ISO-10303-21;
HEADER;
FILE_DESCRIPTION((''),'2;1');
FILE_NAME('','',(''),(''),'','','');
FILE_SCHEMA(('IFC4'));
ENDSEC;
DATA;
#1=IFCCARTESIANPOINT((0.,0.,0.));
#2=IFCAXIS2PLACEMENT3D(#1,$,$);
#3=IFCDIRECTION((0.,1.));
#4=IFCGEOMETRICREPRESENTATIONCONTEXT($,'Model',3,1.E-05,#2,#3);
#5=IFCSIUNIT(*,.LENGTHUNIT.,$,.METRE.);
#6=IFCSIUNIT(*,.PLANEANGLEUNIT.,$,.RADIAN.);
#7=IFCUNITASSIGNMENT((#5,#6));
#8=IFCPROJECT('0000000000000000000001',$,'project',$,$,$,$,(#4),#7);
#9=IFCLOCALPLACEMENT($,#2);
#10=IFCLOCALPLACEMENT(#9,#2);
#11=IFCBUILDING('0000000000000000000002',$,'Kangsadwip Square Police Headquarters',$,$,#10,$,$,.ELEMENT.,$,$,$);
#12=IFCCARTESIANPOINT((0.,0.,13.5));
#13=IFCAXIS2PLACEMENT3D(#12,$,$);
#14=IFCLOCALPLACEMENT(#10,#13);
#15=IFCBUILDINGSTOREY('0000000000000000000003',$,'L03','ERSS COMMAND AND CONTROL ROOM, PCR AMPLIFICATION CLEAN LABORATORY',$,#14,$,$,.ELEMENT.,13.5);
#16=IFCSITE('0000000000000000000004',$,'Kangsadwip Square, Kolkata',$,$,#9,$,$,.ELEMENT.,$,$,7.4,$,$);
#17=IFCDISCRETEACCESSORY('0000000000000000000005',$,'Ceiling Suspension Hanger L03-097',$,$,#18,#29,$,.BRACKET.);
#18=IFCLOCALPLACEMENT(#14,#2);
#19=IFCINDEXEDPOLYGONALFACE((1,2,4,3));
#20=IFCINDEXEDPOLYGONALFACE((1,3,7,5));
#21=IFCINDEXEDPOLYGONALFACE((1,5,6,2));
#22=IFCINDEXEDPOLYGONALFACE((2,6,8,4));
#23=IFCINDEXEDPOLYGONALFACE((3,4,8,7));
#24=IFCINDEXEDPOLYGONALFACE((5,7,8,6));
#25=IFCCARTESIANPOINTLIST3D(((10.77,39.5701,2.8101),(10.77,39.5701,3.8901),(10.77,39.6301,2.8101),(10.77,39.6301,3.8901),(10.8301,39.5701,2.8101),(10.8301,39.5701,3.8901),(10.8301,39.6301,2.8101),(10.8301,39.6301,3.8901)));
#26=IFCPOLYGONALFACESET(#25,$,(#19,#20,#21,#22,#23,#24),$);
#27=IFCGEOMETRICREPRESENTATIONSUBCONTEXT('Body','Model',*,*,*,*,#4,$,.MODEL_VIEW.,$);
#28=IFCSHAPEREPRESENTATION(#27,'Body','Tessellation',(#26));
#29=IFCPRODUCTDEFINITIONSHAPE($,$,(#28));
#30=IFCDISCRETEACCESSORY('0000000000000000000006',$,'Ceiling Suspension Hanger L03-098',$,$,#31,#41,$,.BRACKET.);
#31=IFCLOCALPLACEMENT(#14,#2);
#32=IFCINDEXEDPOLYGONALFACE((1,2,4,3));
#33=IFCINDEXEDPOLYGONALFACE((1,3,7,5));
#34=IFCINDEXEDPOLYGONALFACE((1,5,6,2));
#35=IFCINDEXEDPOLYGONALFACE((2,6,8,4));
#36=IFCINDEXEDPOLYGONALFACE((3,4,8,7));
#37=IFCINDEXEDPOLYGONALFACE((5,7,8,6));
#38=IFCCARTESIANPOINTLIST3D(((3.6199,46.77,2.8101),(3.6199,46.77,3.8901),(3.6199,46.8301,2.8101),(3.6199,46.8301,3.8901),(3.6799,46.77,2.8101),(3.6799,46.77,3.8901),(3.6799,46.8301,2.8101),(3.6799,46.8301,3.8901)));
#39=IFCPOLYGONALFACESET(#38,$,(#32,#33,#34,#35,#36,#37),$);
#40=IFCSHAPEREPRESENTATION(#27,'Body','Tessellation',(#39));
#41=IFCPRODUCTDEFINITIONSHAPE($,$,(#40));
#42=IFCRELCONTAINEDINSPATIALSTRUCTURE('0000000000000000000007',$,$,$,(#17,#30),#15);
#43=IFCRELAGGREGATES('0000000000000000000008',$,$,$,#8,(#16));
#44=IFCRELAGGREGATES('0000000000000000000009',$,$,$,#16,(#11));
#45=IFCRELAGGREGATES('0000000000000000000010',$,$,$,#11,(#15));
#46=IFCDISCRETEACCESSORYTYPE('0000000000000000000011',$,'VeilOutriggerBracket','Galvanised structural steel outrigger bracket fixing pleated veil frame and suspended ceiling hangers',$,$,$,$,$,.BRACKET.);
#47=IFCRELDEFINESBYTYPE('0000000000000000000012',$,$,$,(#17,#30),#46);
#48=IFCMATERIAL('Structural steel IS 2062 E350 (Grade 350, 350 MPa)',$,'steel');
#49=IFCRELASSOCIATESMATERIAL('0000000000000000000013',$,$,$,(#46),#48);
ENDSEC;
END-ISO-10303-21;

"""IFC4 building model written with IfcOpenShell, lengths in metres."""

from ifc_helpers import new_model, si_unit, direction, frame, origin, origin_2d, place, context, subcontext, project, spatial, rectangle, extrude, material, type_object, element, save


model = new_model("IFC4")

# Units and contexts
model_context = context("Model", 3, precision=1e-05, world=origin(), true_north=direction((0.0, 1.0)))
body_context = subcontext(model_context, "Body", "Model", "MODEL_VIEW")
ifc_project = project(units=[si_unit("LENGTHUNIT", "METRE"), si_unit("PLANEANGLEUNIT", "RADIAN")], contexts=[model_context])

# Site, building, storey
site_placement = place(None, origin())
site = spatial("IfcSite", under=ifc_project, at=site_placement, Name="Kangsadwip Square, Kolkata", CompositionType="ELEMENT", RefElevation=7.4)
building_placement = place(site_placement, origin())
building = spatial("IfcBuilding", under=site, at=building_placement, Name="Kangsadwip Square Police Headquarters", CompositionType="ELEMENT")
storey_placement = place(building_placement, frame((0.0, 0.0, 13.5)))
storey = spatial("IfcBuildingStorey", under=building, at=storey_placement, Name="L03", Description="ERSS COMMAND AND CONTROL ROOM, PCR AMPLIFICATION CLEAN LABORATORY", CompositionType="ELEMENT", Elevation=13.5)

# Discrete accessories
ifc_material_1 = material(Name="Structural steel IS 2062 E350 (Grade 350, 350 MPa)", Category="steel")
discrete_accessory_type = type_object("IfcDiscreteAccessoryType", Name="VeilOutriggerBracket", Description="Galvanised structural steel outrigger bracket fixing pleated veil frame and suspended ceiling hangers", PredefinedType="BRACKET", material=ifc_material_1)
for number, where, z_axis, x_axis, name in (
    (1, (10.8, 39.6001, 2.8101), (0.0, 0.0, 1.0), (1.0, 0.0, 0.0), "Ceiling Suspension Hanger L03-097"),
    (2, (3.6499, 46.8, 2.8101), (0.0, 0.0, 1.0), (1.0, 0.0, 0.0), "Ceiling Suspension Hanger L03-098"),
):
    element("IfcDiscreteAccessory", number, at=place(storey_placement, frame(where, z_axis=z_axis, x_axis=x_axis)), inside=storey, type_object=discrete_accessory_type, Name=name, PredefinedType="BRACKET", context=body_context, shape_type="SweptSolid", body=[
        extrude(rectangle(XDim=0.0601, YDim=0.0601, at=origin_2d()), origin(), (0.0, 0.0, 1.0), 1.0801),
    ])

save(model, "model.ifc")
